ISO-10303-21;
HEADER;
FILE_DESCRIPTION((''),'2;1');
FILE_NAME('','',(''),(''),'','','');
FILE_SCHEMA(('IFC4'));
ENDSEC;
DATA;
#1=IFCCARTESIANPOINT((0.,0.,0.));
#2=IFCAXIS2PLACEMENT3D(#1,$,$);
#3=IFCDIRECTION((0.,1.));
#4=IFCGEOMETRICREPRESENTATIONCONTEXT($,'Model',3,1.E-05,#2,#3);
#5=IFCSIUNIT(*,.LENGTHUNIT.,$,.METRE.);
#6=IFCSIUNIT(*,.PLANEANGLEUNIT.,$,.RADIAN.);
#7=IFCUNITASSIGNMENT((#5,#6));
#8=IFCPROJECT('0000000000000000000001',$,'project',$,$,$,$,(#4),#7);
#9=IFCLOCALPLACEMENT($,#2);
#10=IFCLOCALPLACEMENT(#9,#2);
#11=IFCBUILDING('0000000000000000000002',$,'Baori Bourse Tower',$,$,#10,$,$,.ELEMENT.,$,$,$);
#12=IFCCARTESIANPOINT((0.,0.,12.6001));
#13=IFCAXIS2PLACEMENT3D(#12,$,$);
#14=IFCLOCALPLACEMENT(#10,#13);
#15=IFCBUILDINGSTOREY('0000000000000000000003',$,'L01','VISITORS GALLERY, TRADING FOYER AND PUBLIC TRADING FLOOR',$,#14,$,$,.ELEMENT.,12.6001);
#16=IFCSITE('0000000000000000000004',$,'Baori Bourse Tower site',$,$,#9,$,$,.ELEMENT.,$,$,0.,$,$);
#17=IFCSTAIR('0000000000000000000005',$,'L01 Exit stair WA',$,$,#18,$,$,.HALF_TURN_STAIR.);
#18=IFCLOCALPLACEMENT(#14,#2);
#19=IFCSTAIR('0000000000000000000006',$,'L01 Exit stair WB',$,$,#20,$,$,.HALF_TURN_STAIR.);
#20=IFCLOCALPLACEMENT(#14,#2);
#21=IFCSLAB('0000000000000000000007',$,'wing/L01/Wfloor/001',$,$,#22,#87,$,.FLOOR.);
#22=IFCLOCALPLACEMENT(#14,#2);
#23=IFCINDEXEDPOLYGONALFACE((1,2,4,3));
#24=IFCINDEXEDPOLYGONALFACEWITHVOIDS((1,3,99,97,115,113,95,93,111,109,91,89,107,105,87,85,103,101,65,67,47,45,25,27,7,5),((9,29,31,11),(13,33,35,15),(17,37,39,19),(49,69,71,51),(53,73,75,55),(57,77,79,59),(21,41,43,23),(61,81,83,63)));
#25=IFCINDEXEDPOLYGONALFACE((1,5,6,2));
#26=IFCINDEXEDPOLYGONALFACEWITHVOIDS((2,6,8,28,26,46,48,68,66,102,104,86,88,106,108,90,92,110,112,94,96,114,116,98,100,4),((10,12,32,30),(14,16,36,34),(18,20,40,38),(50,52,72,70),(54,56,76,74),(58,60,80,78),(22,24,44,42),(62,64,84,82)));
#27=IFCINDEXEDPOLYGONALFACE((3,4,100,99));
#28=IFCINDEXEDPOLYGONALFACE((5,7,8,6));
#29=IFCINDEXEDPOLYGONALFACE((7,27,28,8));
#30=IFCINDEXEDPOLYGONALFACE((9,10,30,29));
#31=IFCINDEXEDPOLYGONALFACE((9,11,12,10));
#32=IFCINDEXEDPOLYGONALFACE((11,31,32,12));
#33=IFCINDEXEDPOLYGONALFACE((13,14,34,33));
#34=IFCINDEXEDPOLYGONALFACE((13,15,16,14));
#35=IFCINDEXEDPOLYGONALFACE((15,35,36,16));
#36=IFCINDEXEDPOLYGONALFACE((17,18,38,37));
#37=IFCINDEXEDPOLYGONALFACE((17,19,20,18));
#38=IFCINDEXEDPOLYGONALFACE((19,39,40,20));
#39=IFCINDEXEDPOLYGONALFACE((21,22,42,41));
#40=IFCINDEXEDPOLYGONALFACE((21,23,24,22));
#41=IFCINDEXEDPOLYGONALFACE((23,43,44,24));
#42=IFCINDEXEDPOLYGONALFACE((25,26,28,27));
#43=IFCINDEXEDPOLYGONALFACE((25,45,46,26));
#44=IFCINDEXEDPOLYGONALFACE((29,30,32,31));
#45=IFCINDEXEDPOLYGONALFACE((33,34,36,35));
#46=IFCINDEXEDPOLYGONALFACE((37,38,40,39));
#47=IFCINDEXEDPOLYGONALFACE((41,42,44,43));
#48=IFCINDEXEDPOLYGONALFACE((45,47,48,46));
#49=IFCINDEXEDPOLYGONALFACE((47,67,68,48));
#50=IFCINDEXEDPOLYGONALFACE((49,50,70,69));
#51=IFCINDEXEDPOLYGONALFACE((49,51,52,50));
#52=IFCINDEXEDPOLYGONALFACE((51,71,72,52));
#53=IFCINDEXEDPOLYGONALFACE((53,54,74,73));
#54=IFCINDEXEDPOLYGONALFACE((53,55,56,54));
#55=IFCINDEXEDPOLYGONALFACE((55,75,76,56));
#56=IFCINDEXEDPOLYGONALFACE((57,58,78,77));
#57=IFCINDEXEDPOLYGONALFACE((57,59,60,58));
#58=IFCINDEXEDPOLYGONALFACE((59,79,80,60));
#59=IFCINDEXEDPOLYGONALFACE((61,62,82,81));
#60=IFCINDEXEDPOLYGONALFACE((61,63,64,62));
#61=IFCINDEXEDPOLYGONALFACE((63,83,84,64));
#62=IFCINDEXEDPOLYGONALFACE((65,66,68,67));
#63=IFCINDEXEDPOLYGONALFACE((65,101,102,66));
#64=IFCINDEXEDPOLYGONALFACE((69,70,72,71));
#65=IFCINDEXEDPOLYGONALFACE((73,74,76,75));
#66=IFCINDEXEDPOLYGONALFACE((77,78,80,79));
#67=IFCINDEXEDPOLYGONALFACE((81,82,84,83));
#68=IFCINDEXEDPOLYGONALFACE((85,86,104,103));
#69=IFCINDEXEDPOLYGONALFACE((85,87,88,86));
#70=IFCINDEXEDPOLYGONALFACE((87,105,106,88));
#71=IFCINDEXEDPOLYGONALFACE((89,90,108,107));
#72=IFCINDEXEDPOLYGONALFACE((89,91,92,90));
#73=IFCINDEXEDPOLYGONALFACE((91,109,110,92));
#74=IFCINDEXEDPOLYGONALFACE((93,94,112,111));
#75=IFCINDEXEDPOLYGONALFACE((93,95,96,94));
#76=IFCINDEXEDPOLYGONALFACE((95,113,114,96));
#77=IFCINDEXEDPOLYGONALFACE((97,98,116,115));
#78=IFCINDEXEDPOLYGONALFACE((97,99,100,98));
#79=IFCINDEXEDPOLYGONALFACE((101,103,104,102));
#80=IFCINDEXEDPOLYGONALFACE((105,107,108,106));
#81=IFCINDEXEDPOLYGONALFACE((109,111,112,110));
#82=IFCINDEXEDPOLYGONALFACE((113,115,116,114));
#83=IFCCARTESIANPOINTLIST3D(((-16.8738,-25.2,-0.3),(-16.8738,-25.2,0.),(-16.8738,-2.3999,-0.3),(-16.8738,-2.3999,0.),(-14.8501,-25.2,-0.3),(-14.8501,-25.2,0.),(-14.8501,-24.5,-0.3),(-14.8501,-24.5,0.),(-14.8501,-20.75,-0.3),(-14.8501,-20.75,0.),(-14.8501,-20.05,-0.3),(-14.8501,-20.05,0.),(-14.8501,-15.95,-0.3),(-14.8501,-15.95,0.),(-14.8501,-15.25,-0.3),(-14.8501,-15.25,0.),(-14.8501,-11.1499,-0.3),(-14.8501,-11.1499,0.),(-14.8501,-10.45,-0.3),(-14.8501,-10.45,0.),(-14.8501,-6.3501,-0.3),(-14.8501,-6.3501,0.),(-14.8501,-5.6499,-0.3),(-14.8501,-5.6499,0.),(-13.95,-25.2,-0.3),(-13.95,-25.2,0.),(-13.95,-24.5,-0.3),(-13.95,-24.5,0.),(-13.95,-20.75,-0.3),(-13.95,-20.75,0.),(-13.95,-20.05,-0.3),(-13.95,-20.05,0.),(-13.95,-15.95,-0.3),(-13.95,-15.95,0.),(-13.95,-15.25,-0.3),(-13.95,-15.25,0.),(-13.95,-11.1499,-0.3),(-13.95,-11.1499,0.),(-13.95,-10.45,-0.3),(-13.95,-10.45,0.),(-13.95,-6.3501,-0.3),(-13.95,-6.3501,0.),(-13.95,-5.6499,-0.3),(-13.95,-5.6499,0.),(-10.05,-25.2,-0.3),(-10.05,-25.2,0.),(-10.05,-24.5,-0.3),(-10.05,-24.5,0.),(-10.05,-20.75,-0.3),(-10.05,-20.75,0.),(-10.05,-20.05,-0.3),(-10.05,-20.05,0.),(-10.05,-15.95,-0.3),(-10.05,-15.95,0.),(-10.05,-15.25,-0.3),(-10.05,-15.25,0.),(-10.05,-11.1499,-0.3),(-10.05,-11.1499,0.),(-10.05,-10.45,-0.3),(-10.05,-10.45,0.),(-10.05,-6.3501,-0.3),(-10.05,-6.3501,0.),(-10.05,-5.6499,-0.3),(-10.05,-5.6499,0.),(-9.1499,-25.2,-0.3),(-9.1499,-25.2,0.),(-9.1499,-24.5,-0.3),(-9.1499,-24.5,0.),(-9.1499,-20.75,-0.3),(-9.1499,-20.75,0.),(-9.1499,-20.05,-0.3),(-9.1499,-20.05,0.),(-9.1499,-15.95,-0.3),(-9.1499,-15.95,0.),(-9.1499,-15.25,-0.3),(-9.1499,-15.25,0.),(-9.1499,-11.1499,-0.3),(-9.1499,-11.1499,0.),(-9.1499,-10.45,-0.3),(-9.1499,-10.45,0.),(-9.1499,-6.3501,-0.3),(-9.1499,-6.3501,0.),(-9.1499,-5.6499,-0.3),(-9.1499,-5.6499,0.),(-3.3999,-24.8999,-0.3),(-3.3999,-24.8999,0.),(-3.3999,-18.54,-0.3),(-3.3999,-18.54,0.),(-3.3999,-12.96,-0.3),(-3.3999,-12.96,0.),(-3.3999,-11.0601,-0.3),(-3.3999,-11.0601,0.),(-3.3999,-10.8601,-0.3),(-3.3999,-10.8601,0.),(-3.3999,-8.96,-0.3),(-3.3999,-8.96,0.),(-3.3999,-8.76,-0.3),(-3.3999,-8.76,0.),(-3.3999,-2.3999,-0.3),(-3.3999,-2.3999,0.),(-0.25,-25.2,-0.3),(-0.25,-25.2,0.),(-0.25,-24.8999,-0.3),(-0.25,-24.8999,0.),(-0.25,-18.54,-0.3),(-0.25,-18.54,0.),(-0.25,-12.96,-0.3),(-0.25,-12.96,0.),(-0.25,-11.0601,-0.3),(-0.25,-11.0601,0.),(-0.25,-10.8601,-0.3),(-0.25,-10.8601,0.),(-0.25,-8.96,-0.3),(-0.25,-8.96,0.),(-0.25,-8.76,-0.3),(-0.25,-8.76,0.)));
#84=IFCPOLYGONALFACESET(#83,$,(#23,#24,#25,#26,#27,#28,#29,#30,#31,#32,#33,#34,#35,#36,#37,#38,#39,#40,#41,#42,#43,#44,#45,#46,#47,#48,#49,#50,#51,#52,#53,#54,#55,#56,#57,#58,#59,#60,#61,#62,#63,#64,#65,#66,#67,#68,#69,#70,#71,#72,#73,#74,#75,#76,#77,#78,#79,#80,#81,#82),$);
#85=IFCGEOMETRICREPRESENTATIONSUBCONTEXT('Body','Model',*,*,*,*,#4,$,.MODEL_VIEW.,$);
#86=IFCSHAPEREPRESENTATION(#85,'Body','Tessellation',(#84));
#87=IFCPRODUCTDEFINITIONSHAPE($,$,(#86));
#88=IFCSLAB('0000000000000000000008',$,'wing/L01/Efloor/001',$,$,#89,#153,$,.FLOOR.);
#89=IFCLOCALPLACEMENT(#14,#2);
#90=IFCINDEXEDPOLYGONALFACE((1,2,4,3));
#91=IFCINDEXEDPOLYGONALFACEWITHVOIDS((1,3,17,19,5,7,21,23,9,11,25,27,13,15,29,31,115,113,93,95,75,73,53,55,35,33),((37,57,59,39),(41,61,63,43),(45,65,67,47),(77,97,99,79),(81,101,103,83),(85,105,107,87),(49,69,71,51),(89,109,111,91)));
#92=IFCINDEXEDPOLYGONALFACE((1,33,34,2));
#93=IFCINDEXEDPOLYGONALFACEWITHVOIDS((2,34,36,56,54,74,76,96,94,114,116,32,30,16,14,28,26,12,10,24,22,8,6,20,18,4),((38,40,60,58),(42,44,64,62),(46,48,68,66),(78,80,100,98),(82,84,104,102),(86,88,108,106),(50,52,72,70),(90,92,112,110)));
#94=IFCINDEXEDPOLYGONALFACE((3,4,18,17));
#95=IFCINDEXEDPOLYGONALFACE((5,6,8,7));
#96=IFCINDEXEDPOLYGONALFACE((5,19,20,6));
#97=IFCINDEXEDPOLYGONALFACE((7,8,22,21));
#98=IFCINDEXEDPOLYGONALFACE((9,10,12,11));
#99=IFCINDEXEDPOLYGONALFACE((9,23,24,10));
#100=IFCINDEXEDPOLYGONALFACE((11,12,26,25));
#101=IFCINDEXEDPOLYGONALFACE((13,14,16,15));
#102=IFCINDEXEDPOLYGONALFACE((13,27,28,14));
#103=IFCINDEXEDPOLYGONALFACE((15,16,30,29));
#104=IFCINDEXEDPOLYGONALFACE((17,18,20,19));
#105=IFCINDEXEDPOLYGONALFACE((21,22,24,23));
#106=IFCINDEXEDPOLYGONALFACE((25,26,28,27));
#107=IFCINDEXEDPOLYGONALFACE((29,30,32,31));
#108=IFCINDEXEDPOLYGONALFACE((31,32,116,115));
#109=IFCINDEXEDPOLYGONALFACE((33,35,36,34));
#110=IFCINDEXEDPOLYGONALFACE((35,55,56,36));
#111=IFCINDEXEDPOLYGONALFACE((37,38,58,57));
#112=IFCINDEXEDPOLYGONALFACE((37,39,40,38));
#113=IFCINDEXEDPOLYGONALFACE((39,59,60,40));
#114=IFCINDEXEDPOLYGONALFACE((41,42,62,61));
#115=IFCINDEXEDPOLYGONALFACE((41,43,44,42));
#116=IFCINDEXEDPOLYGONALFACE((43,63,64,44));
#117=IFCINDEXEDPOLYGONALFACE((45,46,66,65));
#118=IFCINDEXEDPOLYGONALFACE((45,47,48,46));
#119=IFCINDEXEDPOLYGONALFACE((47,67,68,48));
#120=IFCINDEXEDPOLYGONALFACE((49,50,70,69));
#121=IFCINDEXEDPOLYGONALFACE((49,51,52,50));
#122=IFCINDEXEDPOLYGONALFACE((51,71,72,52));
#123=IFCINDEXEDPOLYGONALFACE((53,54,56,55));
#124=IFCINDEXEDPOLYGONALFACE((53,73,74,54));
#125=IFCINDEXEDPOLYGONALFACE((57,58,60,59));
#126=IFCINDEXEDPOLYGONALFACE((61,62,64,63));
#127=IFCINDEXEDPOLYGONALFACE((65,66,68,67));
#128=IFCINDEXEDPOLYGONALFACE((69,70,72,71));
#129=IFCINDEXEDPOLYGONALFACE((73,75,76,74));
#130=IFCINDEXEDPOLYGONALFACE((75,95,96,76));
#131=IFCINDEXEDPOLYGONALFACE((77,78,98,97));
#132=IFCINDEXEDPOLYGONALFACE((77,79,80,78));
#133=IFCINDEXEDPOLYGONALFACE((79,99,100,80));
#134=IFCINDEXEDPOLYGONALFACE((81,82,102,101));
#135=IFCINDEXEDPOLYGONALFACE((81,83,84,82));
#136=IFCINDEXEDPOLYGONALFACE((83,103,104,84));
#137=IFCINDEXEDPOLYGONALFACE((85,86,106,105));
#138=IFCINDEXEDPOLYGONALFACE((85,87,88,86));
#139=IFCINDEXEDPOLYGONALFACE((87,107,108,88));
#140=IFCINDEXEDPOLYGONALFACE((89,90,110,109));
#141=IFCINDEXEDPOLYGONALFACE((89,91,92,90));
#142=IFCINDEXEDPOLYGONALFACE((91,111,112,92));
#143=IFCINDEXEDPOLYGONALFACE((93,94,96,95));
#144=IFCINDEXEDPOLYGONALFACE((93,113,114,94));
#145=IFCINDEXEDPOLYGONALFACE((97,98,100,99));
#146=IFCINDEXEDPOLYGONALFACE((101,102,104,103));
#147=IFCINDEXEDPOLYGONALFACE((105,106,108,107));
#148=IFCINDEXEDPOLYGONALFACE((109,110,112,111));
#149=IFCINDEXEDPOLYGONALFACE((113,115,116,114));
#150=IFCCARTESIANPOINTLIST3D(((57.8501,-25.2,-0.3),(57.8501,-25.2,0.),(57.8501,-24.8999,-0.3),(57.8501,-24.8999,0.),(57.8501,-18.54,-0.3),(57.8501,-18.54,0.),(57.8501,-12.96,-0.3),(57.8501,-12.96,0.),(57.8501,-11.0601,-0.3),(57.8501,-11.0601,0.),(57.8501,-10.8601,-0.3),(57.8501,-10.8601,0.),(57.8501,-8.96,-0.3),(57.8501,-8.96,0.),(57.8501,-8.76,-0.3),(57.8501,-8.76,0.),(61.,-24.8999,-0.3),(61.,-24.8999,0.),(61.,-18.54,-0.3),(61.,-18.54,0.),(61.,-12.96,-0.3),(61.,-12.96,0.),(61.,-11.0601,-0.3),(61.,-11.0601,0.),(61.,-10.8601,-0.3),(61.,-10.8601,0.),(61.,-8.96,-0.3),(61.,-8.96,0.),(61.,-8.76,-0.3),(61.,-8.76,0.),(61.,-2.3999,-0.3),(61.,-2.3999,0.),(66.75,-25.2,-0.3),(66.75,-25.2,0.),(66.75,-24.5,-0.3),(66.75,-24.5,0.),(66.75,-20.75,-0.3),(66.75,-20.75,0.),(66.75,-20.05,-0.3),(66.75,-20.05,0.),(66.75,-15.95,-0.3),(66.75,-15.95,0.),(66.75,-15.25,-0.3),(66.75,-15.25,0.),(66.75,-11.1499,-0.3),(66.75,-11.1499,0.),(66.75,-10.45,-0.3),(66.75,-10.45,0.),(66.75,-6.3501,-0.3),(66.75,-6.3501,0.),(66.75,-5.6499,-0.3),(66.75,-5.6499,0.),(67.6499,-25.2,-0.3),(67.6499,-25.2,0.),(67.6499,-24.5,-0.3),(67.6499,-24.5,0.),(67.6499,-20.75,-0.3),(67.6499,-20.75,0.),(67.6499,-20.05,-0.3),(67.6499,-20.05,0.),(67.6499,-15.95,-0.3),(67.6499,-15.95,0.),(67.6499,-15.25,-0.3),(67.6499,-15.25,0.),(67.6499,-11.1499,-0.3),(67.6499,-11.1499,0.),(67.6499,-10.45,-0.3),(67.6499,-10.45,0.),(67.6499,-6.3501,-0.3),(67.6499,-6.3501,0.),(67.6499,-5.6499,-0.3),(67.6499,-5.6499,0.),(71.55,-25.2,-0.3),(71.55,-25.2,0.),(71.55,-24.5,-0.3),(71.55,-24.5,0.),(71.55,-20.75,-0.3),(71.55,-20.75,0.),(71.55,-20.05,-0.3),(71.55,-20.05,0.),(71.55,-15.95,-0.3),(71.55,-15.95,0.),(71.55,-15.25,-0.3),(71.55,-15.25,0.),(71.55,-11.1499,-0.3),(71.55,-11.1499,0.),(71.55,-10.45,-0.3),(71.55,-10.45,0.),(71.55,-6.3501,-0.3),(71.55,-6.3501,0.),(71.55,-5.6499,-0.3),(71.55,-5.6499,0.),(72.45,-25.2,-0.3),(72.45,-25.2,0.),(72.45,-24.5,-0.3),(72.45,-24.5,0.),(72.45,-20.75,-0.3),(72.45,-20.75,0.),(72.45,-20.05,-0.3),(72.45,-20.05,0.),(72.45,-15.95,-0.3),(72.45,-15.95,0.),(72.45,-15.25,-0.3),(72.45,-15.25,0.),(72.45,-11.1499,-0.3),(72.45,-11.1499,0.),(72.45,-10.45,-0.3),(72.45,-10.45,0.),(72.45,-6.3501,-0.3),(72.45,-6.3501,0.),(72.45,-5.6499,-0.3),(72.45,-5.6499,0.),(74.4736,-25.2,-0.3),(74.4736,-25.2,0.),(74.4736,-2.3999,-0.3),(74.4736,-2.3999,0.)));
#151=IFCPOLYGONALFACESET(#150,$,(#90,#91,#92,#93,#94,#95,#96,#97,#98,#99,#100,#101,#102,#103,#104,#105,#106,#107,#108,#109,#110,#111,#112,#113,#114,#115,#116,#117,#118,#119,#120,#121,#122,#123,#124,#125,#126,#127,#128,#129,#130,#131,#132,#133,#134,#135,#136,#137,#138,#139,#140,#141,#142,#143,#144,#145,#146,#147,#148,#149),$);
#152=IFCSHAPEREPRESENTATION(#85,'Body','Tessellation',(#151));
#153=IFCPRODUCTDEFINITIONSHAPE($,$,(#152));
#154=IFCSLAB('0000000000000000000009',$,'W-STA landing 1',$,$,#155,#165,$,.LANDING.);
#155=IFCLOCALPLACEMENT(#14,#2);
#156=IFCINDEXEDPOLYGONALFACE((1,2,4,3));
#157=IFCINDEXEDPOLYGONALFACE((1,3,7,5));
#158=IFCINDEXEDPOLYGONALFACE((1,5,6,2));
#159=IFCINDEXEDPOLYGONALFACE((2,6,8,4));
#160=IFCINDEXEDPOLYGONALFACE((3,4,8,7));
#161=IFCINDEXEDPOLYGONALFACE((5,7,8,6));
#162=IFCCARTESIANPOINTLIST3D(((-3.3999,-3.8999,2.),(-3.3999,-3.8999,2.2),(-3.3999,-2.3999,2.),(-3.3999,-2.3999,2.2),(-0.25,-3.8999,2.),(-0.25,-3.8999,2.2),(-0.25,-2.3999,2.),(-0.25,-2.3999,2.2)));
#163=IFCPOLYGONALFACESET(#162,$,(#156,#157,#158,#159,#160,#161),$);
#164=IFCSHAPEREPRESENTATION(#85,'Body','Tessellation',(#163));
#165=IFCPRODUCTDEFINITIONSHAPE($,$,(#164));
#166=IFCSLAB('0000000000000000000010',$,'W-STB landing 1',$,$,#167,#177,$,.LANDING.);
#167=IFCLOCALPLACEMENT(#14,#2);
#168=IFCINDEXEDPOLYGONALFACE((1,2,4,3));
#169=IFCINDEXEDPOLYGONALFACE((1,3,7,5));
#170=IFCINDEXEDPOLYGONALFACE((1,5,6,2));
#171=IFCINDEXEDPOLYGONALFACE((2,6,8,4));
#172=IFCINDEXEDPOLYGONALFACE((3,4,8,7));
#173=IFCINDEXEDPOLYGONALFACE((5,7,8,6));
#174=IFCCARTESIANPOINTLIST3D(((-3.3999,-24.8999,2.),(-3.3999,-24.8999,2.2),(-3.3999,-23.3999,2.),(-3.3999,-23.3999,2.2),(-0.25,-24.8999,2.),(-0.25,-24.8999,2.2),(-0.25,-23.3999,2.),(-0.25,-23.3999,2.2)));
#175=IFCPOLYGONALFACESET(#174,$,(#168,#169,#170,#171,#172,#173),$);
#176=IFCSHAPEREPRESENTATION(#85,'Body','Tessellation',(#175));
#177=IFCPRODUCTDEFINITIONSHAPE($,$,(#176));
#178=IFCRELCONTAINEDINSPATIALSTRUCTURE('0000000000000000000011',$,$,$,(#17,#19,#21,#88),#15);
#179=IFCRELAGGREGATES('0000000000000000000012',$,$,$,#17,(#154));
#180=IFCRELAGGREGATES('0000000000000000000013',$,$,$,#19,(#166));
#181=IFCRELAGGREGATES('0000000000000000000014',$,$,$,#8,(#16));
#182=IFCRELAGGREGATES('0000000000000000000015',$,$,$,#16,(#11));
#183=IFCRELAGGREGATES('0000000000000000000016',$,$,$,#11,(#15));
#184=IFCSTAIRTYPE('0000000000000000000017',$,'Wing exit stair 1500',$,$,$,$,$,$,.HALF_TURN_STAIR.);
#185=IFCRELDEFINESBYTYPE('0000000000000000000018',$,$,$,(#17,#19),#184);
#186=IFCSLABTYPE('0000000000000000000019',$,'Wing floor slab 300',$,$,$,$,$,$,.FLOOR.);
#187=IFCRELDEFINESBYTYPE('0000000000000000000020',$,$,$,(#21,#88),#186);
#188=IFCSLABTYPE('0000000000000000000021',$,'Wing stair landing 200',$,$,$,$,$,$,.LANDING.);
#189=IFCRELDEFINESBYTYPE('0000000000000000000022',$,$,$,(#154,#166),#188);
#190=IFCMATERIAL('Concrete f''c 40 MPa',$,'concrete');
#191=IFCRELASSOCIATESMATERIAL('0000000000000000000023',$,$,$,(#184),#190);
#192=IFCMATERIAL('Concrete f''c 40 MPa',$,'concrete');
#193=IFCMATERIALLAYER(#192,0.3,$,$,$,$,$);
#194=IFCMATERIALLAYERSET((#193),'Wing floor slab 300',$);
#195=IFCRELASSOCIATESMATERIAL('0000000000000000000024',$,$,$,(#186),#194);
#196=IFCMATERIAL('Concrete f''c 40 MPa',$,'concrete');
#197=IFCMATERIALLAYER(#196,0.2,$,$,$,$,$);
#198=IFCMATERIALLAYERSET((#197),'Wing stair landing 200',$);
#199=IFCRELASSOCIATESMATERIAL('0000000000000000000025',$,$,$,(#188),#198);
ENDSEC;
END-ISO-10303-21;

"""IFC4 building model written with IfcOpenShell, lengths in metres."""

from ifc_helpers import new_model, si_unit, direction, frame, origin, place, context, subcontext, project, spatial, polyline, outline, extrude, material, layer, layer_set, type_object, element, aggregate, save


model = new_model("IFC4")

# Units and contexts
model_context = context("Model", 3, precision=1e-05, world=origin(), true_north=direction((0.0, 1.0)))
body_context = subcontext(model_context, "Body", "Model", "MODEL_VIEW")
ifc_project = project(units=[si_unit("LENGTHUNIT", "METRE"), si_unit("PLANEANGLEUNIT", "RADIAN")], contexts=[model_context])

# Site, building, storey
site_placement = place(None, origin())
site = spatial("IfcSite", under=ifc_project, at=site_placement, Name="Baori Bourse Tower site", CompositionType="ELEMENT", RefElevation=0.0)
building_placement = place(site_placement, origin())
building = spatial("IfcBuilding", under=site, at=building_placement, Name="Baori Bourse Tower", CompositionType="ELEMENT")
storey_placement = place(building_placement, frame((0.0, 0.0, 12.6001)))
storey = spatial("IfcBuildingStorey", under=building, at=storey_placement, Name="L01", Description="VISITORS GALLERY, TRADING FOYER AND PUBLIC TRADING FLOOR", CompositionType="ELEMENT", Elevation=12.6001)

# Stairs
ifc_material_1 = material(Name="Concrete f'c 40 MPa", Category="concrete")
stair_type_1 = type_object("IfcStairType", Name="Wing exit stair 1500", PredefinedType="HALF_TURN_STAIR", material=ifc_material_1)
stair_1_placement = place(storey_placement, origin())
stair_1 = element("IfcStair", 1, at=stair_1_placement, inside=storey, type_object=stair_type_1, Name="L01 Exit stair WA", PredefinedType="HALF_TURN_STAIR")
stair_2_placement = place(storey_placement, origin())
stair_2 = element("IfcStair", 2, at=stair_2_placement, inside=storey, type_object=stair_type_1, Name="L01 Exit stair WB", PredefinedType="HALF_TURN_STAIR")

# Slabs
ifc_material_2 = material(Name="Concrete f'c 40 MPa", Category="concrete")
ifc_layer_1 = layer(ifc_material_2, 0.3)
ifc_layer_set_1 = layer_set([ifc_layer_1], Name="Wing floor slab 300")
slab_type_1 = type_object("IfcSlabType", Name="Wing floor slab 300", PredefinedType="FLOOR", material=ifc_layer_set_1)
slab_1_placement = place(storey_placement, frame((0.0, 0.0, -0.3)))
element("IfcSlab", 3, at=slab_1_placement, inside=storey, type_object=slab_type_1, Name="wing/L01/Wfloor/001", PredefinedType="FLOOR", context=body_context, shape_type="SweptSolid", body=[
    extrude(outline(polyline([(-0.25, -10.8601), (-3.3999, -10.8601), (-3.3999, -8.96), (-0.25, -8.96), (-0.25, -8.76), (-3.3999, -8.76), (-3.3999, -2.3999), (-16.8738, -2.3999), (-16.8738, -25.2), (-14.8501, -25.2), (-14.8501, -24.5), (-13.95, -24.5), (-13.95, -25.2), (-10.05, -25.2), (-10.05, -24.5), (-9.1499, -24.5), (-9.1499, -25.2), (-0.25, -25.2), (-0.25, -24.8999), (-3.3999, -24.8999), (-3.3999, -18.54), (-0.25, -18.54), (-0.25, -12.96), (-3.3999, -12.96), (-3.3999, -11.0601), (-0.25, -11.0601), (-0.25, -10.8601)]), holes=[polyline([(-14.8501, -20.05), (-14.8501, -20.75), (-13.95, -20.75), (-13.95, -20.05), (-14.8501, -20.05)]), polyline([(-13.95, -15.25), (-14.8501, -15.25), (-14.8501, -15.95), (-13.95, -15.95), (-13.95, -15.25)]), polyline([(-13.95, -11.1499), (-13.95, -10.45), (-14.8501, -10.45), (-14.8501, -11.1499), (-13.95, -11.1499)]), polyline([(-14.8501, -6.3501), (-13.95, -6.3501), (-13.95, -5.6499), (-14.8501, -5.6499), (-14.8501, -6.3501)]), polyline([(-9.1499, -20.05), (-10.05, -20.05), (-10.05, -20.75), (-9.1499, -20.75), (-9.1499, -20.05)]), polyline([(-9.1499, -15.95), (-9.1499, -15.25), (-10.05, -15.25), (-10.05, -15.95), (-9.1499, -15.95)]), polyline([(-10.05, -11.1499), (-9.1499, -11.1499), (-9.1499, -10.45), (-10.05, -10.45), (-10.05, -11.1499)]), polyline([(-10.05, -5.6499), (-10.05, -6.3501), (-9.1499, -6.3501), (-9.1499, -5.6499), (-10.05, -5.6499)])]), origin(), (0.0, 0.0, 1.0), 0.3),
])
slab_2_placement = place(storey_placement, frame((0.0, 0.0, -0.3)))
element("IfcSlab", 4, at=slab_2_placement, inside=storey, type_object=slab_type_1, Name="wing/L01/Efloor/001", PredefinedType="FLOOR", context=body_context, shape_type="SweptSolid", body=[
    extrude(outline(polyline([(61.0, -10.8601), (57.8501, -10.8601), (57.8501, -11.0601), (61.0, -11.0601), (61.0, -12.96), (57.8501, -12.96), (57.8501, -18.54), (61.0, -18.54), (61.0, -24.8999), (57.8501, -24.8999), (57.8501, -25.2), (66.75, -25.2), (66.75, -24.5), (67.6499, -24.5), (67.6499, -25.2), (71.55, -25.2), (71.55, -24.5), (72.45, -24.5), (72.45, -25.2), (74.4736, -25.2), (74.4736, -2.3999), (61.0, -2.3999), (61.0, -8.76), (57.8501, -8.76), (57.8501, -8.96), (61.0, -8.96), (61.0, -10.8601)]), holes=[polyline([(71.55, -20.05), (71.55, -20.75), (72.45, -20.75), (72.45, -20.05), (71.55, -20.05)]), polyline([(71.55, -15.95), (72.45, -15.95), (72.45, -15.25), (71.55, -15.25), (71.55, -15.95)]), polyline([(72.45, -11.1499), (72.45, -10.45), (71.55, -10.45), (71.55, -11.1499), (72.45, -11.1499)]), polyline([(72.45, -5.6499), (71.55, -5.6499), (71.55, -6.3501), (72.45, -6.3501), (72.45, -5.6499)]), polyline([(66.75, -20.75), (67.6499, -20.75), (67.6499, -20.05), (66.75, -20.05), (66.75, -20.75)]), polyline([(67.6499, -15.95), (67.6499, -15.25), (66.75, -15.25), (66.75, -15.95), (67.6499, -15.95)]), polyline([(67.6499, -10.45), (66.75, -10.45), (66.75, -11.1499), (67.6499, -11.1499), (67.6499, -10.45)]), polyline([(66.75, -5.6499), (66.75, -6.3501), (67.6499, -6.3501), (67.6499, -5.6499), (66.75, -5.6499)])]), origin(), (0.0, 0.0, 1.0), 0.3),
])

# Slabs
ifc_material_3 = material(Name="Concrete f'c 40 MPa", Category="concrete")
ifc_layer_2 = layer(ifc_material_3, 0.2)
ifc_layer_set_2 = layer_set([ifc_layer_2], Name="Wing stair landing 200")
slab_type_2 = type_object("IfcSlabType", Name="Wing stair landing 200", PredefinedType="LANDING", material=ifc_layer_set_2)
slab_3_placement = place(storey_placement, frame((0.0, 0.0, 2.0)))
slab_3 = element("IfcSlab", 5, at=slab_3_placement, type_object=slab_type_2, Name="W-STA landing 1", PredefinedType="LANDING", context=body_context, shape_type="SweptSolid", body=[
    extrude(outline(polyline([(-0.25, -3.8999), (-0.25, -2.3999), (-3.3999, -2.3999), (-3.3999, -3.8999), (-0.25, -3.8999)])), origin(), (0.0, 0.0, 1.0), 0.2),
])
aggregate(stair_1, [slab_3])
slab_4_placement = place(storey_placement, frame((0.0, 0.0, 2.0)))
slab_4 = element("IfcSlab", 6, at=slab_4_placement, type_object=slab_type_2, Name="W-STB landing 1", PredefinedType="LANDING", context=body_context, shape_type="SweptSolid", body=[
    extrude(outline(polyline([(-3.3999, -23.3999), (-3.3999, -24.8999), (-0.25, -24.8999), (-0.25, -23.3999), (-3.3999, -23.3999)])), origin(), (0.0, 0.0, 1.0), 0.2),
])
aggregate(stair_2, [slab_4])

save(model, "model.ifc")
